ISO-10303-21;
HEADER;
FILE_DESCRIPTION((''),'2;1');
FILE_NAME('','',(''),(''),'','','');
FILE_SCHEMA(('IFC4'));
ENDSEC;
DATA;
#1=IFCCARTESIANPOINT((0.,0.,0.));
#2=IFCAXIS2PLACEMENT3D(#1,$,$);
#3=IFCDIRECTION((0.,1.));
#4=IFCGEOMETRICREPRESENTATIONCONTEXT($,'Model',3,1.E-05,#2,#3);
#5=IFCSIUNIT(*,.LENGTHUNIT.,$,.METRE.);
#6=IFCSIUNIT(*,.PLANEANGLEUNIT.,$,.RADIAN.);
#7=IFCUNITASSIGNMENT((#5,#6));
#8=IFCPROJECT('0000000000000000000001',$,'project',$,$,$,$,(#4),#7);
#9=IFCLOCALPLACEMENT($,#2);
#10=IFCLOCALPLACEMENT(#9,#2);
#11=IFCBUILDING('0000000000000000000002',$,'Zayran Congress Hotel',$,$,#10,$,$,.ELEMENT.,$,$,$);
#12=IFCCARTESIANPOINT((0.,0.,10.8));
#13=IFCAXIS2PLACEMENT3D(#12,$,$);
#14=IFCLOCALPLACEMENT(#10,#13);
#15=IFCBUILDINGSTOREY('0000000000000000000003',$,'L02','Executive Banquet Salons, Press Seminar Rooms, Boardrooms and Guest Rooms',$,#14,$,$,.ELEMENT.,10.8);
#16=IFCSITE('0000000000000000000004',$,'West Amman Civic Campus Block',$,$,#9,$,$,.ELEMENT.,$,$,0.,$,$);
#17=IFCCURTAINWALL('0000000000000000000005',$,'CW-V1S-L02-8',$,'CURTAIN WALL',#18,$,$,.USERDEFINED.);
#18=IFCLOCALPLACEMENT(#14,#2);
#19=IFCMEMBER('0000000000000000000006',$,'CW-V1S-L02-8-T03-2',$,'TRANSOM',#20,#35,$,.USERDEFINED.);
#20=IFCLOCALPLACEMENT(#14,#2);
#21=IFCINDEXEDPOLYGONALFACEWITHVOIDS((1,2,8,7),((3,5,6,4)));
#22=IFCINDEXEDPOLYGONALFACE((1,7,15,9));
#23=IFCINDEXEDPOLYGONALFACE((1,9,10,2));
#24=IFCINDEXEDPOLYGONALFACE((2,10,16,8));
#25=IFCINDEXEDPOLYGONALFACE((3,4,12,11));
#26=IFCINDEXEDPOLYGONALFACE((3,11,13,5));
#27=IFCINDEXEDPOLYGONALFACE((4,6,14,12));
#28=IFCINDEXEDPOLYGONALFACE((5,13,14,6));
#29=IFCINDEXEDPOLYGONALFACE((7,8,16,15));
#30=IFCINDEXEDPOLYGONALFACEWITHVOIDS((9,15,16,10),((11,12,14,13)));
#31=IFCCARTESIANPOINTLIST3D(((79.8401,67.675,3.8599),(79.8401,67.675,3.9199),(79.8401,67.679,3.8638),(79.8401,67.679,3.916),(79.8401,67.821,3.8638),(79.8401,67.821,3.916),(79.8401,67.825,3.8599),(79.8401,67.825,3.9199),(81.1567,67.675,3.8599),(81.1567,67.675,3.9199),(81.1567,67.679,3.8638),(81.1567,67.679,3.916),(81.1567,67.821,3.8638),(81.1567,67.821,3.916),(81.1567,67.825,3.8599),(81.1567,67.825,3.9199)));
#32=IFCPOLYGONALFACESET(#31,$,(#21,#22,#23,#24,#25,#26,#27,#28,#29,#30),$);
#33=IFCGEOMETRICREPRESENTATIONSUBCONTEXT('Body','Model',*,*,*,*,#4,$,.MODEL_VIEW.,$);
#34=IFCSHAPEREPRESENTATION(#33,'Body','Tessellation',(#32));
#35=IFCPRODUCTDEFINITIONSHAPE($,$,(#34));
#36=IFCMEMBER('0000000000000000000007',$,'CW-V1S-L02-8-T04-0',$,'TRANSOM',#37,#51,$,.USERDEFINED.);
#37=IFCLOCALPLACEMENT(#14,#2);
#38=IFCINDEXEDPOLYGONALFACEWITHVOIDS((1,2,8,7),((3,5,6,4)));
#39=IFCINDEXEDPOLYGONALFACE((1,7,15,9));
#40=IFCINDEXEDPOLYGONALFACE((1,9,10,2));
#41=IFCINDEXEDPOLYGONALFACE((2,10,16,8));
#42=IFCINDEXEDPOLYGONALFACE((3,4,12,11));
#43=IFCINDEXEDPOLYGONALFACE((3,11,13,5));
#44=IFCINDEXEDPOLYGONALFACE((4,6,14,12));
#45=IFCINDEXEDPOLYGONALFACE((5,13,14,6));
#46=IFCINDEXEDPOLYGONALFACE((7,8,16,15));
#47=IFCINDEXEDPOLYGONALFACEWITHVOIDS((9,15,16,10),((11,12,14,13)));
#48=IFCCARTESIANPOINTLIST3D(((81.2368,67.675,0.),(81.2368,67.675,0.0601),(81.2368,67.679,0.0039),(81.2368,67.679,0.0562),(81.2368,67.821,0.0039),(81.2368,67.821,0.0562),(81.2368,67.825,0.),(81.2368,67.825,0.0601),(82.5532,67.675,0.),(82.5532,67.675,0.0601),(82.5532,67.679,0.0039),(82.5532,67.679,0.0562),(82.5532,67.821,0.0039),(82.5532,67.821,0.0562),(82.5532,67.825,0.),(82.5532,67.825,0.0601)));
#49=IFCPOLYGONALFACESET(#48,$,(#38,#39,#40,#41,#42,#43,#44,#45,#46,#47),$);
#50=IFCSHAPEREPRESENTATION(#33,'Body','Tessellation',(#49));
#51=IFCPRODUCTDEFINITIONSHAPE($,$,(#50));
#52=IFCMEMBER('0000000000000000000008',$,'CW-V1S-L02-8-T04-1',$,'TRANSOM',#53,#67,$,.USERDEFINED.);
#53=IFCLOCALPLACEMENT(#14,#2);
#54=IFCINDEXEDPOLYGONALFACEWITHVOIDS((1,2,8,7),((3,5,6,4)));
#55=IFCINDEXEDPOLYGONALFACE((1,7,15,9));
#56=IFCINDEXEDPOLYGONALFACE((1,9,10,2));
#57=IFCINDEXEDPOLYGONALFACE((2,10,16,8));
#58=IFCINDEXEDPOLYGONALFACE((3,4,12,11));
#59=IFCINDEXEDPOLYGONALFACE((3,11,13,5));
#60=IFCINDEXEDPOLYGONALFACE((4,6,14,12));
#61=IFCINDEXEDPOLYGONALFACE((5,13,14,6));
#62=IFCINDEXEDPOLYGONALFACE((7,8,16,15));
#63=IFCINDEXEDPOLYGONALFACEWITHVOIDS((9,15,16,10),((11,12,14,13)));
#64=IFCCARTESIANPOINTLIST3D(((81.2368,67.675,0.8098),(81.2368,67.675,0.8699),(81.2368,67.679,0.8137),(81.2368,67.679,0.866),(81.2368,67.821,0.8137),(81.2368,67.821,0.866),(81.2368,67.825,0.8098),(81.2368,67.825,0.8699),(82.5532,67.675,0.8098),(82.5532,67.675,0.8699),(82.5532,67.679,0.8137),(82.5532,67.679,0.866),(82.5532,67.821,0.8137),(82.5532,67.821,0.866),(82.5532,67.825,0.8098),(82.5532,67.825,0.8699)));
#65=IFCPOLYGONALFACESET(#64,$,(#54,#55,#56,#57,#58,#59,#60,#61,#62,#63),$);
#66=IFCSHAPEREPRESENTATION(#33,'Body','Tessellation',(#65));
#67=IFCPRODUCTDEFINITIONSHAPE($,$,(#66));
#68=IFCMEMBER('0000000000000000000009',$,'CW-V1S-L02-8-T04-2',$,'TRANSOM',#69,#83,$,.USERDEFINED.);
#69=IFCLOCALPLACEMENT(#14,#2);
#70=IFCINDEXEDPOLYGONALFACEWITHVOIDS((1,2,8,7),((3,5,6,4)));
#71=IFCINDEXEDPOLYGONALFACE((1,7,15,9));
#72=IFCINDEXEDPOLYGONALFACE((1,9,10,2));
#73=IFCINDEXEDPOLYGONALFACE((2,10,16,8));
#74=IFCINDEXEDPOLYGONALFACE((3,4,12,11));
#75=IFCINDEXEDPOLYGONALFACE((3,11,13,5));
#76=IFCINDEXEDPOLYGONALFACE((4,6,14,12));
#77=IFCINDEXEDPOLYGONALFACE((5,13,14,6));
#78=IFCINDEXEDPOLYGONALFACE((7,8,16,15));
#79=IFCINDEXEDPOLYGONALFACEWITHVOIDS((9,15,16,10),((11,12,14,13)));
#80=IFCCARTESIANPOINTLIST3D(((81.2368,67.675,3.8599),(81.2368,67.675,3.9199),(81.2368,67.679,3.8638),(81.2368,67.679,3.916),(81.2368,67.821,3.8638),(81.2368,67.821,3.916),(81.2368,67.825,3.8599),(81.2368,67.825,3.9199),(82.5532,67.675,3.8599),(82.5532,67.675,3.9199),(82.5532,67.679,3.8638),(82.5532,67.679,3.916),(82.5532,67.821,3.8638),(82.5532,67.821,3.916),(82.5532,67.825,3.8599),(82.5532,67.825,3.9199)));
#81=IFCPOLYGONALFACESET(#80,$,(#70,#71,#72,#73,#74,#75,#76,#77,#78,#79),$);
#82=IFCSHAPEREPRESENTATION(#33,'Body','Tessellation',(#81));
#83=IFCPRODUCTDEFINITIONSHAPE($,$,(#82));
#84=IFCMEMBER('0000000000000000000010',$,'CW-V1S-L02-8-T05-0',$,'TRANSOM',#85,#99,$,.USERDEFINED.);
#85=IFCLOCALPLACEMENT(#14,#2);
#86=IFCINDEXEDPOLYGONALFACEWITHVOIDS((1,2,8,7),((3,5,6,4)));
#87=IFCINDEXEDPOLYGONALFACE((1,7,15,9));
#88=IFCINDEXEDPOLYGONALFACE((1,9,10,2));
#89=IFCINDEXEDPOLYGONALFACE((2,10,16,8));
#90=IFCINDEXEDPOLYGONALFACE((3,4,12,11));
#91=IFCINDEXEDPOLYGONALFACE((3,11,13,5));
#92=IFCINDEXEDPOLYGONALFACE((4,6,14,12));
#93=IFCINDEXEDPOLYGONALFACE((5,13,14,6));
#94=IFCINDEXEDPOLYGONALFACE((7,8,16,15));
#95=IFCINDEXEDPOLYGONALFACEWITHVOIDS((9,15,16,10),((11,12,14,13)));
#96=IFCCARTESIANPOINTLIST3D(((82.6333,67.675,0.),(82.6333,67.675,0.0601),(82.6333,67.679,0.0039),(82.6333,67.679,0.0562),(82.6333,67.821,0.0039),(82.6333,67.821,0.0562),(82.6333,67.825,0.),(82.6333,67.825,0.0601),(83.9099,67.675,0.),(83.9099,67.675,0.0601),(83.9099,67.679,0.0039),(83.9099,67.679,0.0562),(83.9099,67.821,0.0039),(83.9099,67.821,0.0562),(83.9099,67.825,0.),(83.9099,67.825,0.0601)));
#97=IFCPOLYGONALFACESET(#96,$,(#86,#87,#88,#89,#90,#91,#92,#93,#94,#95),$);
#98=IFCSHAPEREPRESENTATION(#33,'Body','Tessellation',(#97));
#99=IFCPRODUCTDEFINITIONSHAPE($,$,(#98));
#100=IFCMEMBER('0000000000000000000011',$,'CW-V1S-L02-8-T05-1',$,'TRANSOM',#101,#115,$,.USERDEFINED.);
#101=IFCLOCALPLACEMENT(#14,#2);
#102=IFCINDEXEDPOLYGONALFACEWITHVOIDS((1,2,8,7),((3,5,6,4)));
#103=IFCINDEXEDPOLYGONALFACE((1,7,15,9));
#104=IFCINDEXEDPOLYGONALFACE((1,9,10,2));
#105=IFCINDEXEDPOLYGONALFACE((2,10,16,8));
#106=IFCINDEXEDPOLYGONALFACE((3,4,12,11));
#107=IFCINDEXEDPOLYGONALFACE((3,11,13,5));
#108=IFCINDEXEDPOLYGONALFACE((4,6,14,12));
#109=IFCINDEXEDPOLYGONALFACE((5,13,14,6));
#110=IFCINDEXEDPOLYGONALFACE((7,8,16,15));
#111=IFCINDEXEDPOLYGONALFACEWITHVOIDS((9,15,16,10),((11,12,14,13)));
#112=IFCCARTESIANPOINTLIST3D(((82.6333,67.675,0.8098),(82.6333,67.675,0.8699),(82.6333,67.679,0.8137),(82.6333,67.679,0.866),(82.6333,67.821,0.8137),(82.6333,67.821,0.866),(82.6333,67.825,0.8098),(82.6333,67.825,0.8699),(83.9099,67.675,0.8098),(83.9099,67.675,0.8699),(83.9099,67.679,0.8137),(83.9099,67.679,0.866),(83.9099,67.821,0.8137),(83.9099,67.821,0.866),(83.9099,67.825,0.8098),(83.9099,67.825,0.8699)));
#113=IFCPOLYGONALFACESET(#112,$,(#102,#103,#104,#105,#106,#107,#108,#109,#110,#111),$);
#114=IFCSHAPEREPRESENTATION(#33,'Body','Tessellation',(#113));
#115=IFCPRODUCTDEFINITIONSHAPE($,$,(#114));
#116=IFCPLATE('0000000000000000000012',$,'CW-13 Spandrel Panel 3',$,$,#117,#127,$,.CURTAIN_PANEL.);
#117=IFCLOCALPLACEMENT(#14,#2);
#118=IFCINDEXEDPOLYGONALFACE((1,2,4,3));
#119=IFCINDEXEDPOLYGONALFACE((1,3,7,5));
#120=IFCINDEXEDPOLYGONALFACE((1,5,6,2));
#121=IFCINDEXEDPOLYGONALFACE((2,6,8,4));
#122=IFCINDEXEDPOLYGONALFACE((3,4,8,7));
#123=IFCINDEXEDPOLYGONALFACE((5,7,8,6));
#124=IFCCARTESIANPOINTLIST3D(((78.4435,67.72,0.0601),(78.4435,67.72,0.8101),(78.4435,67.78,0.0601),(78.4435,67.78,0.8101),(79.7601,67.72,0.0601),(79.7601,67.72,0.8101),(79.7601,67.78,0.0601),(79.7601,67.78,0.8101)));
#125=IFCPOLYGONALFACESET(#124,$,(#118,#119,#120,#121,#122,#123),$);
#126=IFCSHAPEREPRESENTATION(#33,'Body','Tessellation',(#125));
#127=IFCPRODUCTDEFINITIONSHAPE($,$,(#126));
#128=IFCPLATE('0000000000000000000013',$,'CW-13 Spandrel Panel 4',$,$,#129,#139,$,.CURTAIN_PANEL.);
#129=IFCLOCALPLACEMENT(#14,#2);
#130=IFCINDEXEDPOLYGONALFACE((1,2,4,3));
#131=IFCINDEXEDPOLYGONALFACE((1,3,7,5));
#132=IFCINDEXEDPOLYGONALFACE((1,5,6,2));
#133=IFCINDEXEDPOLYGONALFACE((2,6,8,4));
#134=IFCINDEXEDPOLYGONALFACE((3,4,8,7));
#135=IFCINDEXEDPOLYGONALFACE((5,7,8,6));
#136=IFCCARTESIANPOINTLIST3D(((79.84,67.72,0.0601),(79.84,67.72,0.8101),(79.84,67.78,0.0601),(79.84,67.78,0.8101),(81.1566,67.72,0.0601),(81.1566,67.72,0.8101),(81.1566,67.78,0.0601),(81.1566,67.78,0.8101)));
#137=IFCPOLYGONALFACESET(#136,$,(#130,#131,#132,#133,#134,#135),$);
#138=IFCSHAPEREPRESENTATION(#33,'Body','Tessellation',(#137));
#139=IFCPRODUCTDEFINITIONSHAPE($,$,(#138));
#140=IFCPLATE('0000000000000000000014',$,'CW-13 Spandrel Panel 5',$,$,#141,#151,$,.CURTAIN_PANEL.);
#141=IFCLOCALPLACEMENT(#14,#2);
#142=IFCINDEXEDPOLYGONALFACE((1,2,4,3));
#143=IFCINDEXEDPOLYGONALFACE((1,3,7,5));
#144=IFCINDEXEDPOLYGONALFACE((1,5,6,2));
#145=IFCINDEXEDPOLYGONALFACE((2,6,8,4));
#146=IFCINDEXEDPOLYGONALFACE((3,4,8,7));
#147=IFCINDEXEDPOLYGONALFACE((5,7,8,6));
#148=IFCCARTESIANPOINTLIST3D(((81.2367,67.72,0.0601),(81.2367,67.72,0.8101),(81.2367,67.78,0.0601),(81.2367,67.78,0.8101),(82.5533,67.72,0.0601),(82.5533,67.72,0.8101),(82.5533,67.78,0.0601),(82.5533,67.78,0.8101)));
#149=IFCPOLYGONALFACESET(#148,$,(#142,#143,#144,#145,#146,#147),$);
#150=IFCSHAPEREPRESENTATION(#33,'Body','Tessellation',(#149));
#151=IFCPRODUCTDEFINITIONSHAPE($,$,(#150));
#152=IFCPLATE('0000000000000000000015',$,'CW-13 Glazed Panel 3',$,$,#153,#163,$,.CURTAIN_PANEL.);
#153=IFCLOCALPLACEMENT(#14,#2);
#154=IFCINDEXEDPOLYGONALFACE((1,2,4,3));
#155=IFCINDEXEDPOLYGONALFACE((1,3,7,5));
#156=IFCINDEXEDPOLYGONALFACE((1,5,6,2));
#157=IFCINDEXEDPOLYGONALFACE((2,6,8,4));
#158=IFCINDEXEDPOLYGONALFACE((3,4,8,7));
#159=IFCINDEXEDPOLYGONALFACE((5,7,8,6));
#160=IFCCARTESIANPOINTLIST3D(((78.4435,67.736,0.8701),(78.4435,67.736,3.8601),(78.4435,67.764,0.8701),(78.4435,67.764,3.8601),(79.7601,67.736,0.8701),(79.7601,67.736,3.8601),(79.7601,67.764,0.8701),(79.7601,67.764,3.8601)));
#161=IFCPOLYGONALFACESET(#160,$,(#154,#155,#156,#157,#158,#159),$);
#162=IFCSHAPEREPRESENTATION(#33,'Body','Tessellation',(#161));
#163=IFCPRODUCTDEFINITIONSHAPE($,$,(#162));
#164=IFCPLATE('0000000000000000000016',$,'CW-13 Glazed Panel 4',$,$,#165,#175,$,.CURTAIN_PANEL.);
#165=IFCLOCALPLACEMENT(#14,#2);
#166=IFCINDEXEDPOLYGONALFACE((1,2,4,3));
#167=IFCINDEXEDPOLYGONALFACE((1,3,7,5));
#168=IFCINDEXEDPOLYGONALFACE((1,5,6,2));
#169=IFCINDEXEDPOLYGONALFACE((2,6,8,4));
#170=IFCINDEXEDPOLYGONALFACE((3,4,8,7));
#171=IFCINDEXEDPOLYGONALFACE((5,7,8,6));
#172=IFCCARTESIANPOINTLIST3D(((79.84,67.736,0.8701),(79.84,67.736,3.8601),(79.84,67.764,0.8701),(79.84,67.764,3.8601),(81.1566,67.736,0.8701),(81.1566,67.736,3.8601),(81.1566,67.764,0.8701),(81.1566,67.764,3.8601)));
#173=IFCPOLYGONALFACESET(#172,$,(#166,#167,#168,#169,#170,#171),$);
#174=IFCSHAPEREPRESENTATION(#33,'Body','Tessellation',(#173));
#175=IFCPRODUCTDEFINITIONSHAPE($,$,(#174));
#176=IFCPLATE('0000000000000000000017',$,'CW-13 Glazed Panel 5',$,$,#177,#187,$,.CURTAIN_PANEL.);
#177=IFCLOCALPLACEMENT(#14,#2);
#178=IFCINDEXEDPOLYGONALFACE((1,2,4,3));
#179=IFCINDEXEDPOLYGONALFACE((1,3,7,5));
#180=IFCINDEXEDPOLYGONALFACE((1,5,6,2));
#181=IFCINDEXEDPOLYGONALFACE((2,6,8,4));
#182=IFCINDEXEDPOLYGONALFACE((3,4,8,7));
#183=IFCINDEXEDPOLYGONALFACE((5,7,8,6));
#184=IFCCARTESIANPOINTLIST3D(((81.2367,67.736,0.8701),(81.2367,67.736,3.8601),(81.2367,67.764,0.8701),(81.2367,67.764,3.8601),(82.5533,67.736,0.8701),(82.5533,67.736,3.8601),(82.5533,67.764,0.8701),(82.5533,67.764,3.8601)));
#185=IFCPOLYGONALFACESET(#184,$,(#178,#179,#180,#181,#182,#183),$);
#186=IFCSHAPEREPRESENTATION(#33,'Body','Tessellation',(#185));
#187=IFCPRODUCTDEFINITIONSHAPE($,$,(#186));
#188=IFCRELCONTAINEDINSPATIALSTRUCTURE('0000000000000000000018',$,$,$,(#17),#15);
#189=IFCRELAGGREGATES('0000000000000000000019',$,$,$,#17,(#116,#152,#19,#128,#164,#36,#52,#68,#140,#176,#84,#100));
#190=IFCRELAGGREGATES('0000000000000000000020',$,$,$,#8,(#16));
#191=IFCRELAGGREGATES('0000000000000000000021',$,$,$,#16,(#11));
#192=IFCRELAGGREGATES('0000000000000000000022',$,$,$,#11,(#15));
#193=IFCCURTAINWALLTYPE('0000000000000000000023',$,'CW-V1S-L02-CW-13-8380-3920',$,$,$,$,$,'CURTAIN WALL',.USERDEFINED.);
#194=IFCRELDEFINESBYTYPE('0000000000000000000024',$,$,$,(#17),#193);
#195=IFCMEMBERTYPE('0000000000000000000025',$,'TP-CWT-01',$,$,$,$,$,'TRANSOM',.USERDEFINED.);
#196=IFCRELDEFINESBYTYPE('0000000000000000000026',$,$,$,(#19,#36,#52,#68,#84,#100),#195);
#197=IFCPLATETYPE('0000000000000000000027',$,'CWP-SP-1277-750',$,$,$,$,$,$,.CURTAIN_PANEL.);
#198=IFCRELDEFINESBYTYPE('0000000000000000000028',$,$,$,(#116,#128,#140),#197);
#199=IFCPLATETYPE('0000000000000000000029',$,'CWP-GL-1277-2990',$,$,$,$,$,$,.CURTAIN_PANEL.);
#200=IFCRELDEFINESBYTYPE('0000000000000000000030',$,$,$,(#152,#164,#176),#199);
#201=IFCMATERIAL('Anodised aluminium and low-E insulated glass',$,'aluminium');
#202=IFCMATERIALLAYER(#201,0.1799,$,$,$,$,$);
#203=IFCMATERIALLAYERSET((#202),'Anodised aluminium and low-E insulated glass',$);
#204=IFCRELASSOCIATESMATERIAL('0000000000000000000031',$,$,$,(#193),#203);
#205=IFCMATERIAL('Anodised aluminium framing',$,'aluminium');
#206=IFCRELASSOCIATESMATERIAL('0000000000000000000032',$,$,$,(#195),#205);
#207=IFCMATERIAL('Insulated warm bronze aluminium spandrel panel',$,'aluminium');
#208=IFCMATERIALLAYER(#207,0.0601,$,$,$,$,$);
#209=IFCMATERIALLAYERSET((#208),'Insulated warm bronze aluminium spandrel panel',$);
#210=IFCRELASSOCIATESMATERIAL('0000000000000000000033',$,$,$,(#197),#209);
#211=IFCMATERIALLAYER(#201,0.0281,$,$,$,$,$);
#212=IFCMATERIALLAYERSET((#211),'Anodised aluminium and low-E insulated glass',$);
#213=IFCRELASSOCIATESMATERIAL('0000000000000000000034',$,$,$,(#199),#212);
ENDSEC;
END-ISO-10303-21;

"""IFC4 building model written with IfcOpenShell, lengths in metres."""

from ifc_helpers import new_model, si_unit, direction, frame, origin, origin_2d, place, context, subcontext, project, spatial, rectangle, hollow_rectangle, extrude, material, layer, layer_set, material_profile, profile_set, type_object, element, aggregate, save


model = new_model("IFC4")

# Units and contexts
model_context = context("Model", 3, precision=1e-05, world=origin(), true_north=direction((0.0, 1.0)))
body_context = subcontext(model_context, "Body", "Model", "MODEL_VIEW")
ifc_project = project(units=[si_unit("LENGTHUNIT", "METRE"), si_unit("PLANEANGLEUNIT", "RADIAN")], contexts=[model_context])

# Site, building, storey
site_placement = place(None, origin())
site = spatial("IfcSite", under=ifc_project, at=site_placement, Name="West Amman Civic Campus Block", CompositionType="ELEMENT", RefElevation=0.0)
building_placement = place(site_placement, origin())
building = spatial("IfcBuilding", under=site, at=building_placement, Name="Zayran Congress Hotel", CompositionType="ELEMENT")
storey_placement = place(building_placement, frame((0.0, 0.0, 10.8)))
storey = spatial("IfcBuildingStorey", under=building, at=storey_placement, Name="L02", Description="Executive Banquet Salons, Press Seminar Rooms, Boardrooms and Guest Rooms", CompositionType="ELEMENT", Elevation=10.8)

# Curtain wall, members, plates
ifc_material_1 = material(Name="Anodised aluminium and low-E insulated glass", Category="aluminium")
ifc_layer_1 = layer(ifc_material_1, 0.1799)
ifc_layer_set_1 = layer_set([ifc_layer_1], Name="Anodised aluminium and low-E insulated glass")
curtain_wall_type = type_object("IfcCurtainWallType", Name="CW-V1S-L02-CW-13-8380-3920", ElementType="CURTAIN WALL", PredefinedType="USERDEFINED", material=ifc_layer_set_1)
curtain_wall_placement = place(storey_placement, origin())
curtain_wall = element("IfcCurtainWall", 1, at=curtain_wall_placement, inside=storey, type_object=curtain_wall_type, Name="CW-V1S-L02-8", ObjectType="CURTAIN WALL", PredefinedType="USERDEFINED")
ifc_material_2 = material(Name="Anodised aluminium framing", Category="aluminium")
ifc_material_profile_1 = material_profile(ifc_material_2, hollow_rectangle(XDim=0.0601, YDim=0.1499, WallThickness=0.0039, at=origin_2d()), Name="RHS 150x60x4")
ifc_profile_set_1 = profile_set([ifc_material_profile_1], Name="Anodised aluminium framing")
member_type_1 = type_object("IfcMemberType", Name="TP-CWT-01", ElementType="TRANSOM", PredefinedType="USERDEFINED", material=ifc_profile_set_1)
member_1_placement = place(storey_placement, frame((79.8401, 67.75, 3.8899), z_axis=(1.0, 0.0, 0.0), x_axis=(0.0, 0.0, 1.0)))
member_1 = element("IfcMember", 2, at=member_1_placement, type_object=member_type_1, Name="CW-V1S-L02-8-T03-2", ObjectType="TRANSOM", PredefinedType="USERDEFINED", context=body_context, shape_type="SweptSolid", body=[
    extrude(hollow_rectangle(XDim=0.0601, YDim=0.1499, WallThickness=0.0039, at=origin_2d()), origin(), (0.0, 0.0, 1.0), 1.3167),
])
member_2_placement = place(storey_placement, frame((81.2368, 67.75, 0.03), z_axis=(1.0, 0.0, 0.0), x_axis=(0.0, 0.0, 1.0)))
member_2 = element("IfcMember", 3, at=member_2_placement, type_object=member_type_1, Name="CW-V1S-L02-8-T04-0", ObjectType="TRANSOM", PredefinedType="USERDEFINED", context=body_context, shape_type="SweptSolid", body=[
    extrude(hollow_rectangle(XDim=0.0601, YDim=0.1499, WallThickness=0.0039, at=origin_2d()), origin(), (0.0, 0.0, 1.0), 1.3164),
])
member_3_placement = place(storey_placement, frame((81.2368, 67.75, 0.8398), z_axis=(1.0, 0.0, 0.0), x_axis=(0.0, 0.0, 1.0)))
member_3 = element("IfcMember", 4, at=member_3_placement, type_object=member_type_1, Name="CW-V1S-L02-8-T04-1", ObjectType="TRANSOM", PredefinedType="USERDEFINED", context=body_context, shape_type="SweptSolid", body=[
    extrude(hollow_rectangle(XDim=0.0601, YDim=0.1499, WallThickness=0.0039, at=origin_2d()), origin(), (0.0, 0.0, 1.0), 1.3164),
])
member_4_placement = place(storey_placement, frame((81.2368, 67.75, 3.8899), z_axis=(1.0, 0.0, 0.0), x_axis=(0.0, 0.0, 1.0)))
member_4 = element("IfcMember", 5, at=member_4_placement, type_object=member_type_1, Name="CW-V1S-L02-8-T04-2", ObjectType="TRANSOM", PredefinedType="USERDEFINED", context=body_context, shape_type="SweptSolid", body=[
    extrude(hollow_rectangle(XDim=0.0601, YDim=0.1499, WallThickness=0.0039, at=origin_2d()), origin(), (0.0, 0.0, 1.0), 1.3164),
])
member_5_placement = place(storey_placement, frame((82.6333, 67.75, 0.03), z_axis=(1.0, 0.0, 0.0), x_axis=(0.0, 0.0, 1.0)))
member_5 = element("IfcMember", 6, at=member_5_placement, type_object=member_type_1, Name="CW-V1S-L02-8-T05-0", ObjectType="TRANSOM", PredefinedType="USERDEFINED", context=body_context, shape_type="SweptSolid", body=[
    extrude(hollow_rectangle(XDim=0.0601, YDim=0.1499, WallThickness=0.0039, at=origin_2d()), origin(), (0.0, 0.0, 1.0), 1.2766),
])
member_6_placement = place(storey_placement, frame((82.6333, 67.75, 0.8398), z_axis=(1.0, 0.0, 0.0), x_axis=(0.0, 0.0, 1.0)))
member_6 = element("IfcMember", 7, at=member_6_placement, type_object=member_type_1, Name="CW-V1S-L02-8-T05-1", ObjectType="TRANSOM", PredefinedType="USERDEFINED", context=body_context, shape_type="SweptSolid", body=[
    extrude(hollow_rectangle(XDim=0.0601, YDim=0.1499, WallThickness=0.0039, at=origin_2d()), origin(), (0.0, 0.0, 1.0), 1.2766),
])
ifc_material_3 = material(Name="Insulated warm bronze aluminium spandrel panel", Category="aluminium")
ifc_layer_2 = layer(ifc_material_3, 0.0601)
ifc_layer_set_2 = layer_set([ifc_layer_2], Name="Insulated warm bronze aluminium spandrel panel")
plate_type_1 = type_object("IfcPlateType", Name="CWP-SP-1277-750", PredefinedType="CURTAIN_PANEL", material=ifc_layer_set_2)
plate_1_placement = place(storey_placement, frame((79.1018, 67.75, 0.0601), z_axis=(0.0, 0.0, 1.0), x_axis=(1.0, 0.0, 0.0)))
plate_1 = element("IfcPlate", 8, at=plate_1_placement, type_object=plate_type_1, Name="CW-13 Spandrel Panel 3", PredefinedType="CURTAIN_PANEL", context=body_context, shape_type="SweptSolid", body=[
    extrude(rectangle(XDim=1.3167, YDim=0.0601, at=origin_2d()), origin(), (0.0, 0.0, 1.0), 0.75),
])
plate_2_placement = place(storey_placement, frame((80.4983, 67.75, 0.0601), z_axis=(0.0, 0.0, 1.0), x_axis=(1.0, 0.0, 0.0)))
plate_2 = element("IfcPlate", 9, at=plate_2_placement, type_object=plate_type_1, Name="CW-13 Spandrel Panel 4", PredefinedType="CURTAIN_PANEL", context=body_context, shape_type="SweptSolid", body=[
    extrude(rectangle(XDim=1.3167, YDim=0.0601, at=origin_2d()), origin(), (0.0, 0.0, 1.0), 0.75),
])
plate_3_placement = place(storey_placement, frame((81.895, 67.75, 0.0601), z_axis=(0.0, 0.0, 1.0), x_axis=(1.0, 0.0, 0.0)))
plate_3 = element("IfcPlate", 10, at=plate_3_placement, type_object=plate_type_1, Name="CW-13 Spandrel Panel 5", PredefinedType="CURTAIN_PANEL", context=body_context, shape_type="SweptSolid", body=[
    extrude(rectangle(XDim=1.3167, YDim=0.0601, at=origin_2d()), origin(), (0.0, 0.0, 1.0), 0.75),
])
ifc_layer_3 = layer(ifc_material_1, 0.0281)
ifc_layer_set_3 = layer_set([ifc_layer_3], Name="Anodised aluminium and low-E insulated glass")
plate_type_2 = type_object("IfcPlateType", Name="CWP-GL-1277-2990", PredefinedType="CURTAIN_PANEL", material=ifc_layer_set_3)
plate_4_placement = place(storey_placement, frame((79.1018, 67.75, 0.8701), z_axis=(0.0, 0.0, 1.0), x_axis=(1.0, 0.0, 0.0)))
plate_4 = element("IfcPlate", 11, at=plate_4_placement, type_object=plate_type_2, Name="CW-13 Glazed Panel 3", PredefinedType="CURTAIN_PANEL", context=body_context, shape_type="SweptSolid", body=[
    extrude(rectangle(XDim=1.3167, YDim=0.0281, at=origin_2d()), origin(), (0.0, 0.0, 1.0), 2.99),
])
plate_5_placement = place(storey_placement, frame((80.4983, 67.75, 0.8701), z_axis=(0.0, 0.0, 1.0), x_axis=(1.0, 0.0, 0.0)))
plate_5 = element("IfcPlate", 12, at=plate_5_placement, type_object=plate_type_2, Name="CW-13 Glazed Panel 4", PredefinedType="CURTAIN_PANEL", context=body_context, shape_type="SweptSolid", body=[
    extrude(rectangle(XDim=1.3167, YDim=0.0281, at=origin_2d()), origin(), (0.0, 0.0, 1.0), 2.99),
])
plate_6_placement = place(storey_placement, frame((81.895, 67.75, 0.8701), z_axis=(0.0, 0.0, 1.0), x_axis=(1.0, 0.0, 0.0)))
plate_6 = element("IfcPlate", 13, at=plate_6_placement, type_object=plate_type_2, Name="CW-13 Glazed Panel 5", PredefinedType="CURTAIN_PANEL", context=body_context, shape_type="SweptSolid", body=[
    extrude(rectangle(XDim=1.3167, YDim=0.0281, at=origin_2d()), origin(), (0.0, 0.0, 1.0), 2.99),
])
aggregate(curtain_wall, [plate_1, plate_4, member_1, plate_2, plate_5, member_2, member_3, member_4, plate_3, plate_6, member_5, member_6])

save(model, "model.ifc")
